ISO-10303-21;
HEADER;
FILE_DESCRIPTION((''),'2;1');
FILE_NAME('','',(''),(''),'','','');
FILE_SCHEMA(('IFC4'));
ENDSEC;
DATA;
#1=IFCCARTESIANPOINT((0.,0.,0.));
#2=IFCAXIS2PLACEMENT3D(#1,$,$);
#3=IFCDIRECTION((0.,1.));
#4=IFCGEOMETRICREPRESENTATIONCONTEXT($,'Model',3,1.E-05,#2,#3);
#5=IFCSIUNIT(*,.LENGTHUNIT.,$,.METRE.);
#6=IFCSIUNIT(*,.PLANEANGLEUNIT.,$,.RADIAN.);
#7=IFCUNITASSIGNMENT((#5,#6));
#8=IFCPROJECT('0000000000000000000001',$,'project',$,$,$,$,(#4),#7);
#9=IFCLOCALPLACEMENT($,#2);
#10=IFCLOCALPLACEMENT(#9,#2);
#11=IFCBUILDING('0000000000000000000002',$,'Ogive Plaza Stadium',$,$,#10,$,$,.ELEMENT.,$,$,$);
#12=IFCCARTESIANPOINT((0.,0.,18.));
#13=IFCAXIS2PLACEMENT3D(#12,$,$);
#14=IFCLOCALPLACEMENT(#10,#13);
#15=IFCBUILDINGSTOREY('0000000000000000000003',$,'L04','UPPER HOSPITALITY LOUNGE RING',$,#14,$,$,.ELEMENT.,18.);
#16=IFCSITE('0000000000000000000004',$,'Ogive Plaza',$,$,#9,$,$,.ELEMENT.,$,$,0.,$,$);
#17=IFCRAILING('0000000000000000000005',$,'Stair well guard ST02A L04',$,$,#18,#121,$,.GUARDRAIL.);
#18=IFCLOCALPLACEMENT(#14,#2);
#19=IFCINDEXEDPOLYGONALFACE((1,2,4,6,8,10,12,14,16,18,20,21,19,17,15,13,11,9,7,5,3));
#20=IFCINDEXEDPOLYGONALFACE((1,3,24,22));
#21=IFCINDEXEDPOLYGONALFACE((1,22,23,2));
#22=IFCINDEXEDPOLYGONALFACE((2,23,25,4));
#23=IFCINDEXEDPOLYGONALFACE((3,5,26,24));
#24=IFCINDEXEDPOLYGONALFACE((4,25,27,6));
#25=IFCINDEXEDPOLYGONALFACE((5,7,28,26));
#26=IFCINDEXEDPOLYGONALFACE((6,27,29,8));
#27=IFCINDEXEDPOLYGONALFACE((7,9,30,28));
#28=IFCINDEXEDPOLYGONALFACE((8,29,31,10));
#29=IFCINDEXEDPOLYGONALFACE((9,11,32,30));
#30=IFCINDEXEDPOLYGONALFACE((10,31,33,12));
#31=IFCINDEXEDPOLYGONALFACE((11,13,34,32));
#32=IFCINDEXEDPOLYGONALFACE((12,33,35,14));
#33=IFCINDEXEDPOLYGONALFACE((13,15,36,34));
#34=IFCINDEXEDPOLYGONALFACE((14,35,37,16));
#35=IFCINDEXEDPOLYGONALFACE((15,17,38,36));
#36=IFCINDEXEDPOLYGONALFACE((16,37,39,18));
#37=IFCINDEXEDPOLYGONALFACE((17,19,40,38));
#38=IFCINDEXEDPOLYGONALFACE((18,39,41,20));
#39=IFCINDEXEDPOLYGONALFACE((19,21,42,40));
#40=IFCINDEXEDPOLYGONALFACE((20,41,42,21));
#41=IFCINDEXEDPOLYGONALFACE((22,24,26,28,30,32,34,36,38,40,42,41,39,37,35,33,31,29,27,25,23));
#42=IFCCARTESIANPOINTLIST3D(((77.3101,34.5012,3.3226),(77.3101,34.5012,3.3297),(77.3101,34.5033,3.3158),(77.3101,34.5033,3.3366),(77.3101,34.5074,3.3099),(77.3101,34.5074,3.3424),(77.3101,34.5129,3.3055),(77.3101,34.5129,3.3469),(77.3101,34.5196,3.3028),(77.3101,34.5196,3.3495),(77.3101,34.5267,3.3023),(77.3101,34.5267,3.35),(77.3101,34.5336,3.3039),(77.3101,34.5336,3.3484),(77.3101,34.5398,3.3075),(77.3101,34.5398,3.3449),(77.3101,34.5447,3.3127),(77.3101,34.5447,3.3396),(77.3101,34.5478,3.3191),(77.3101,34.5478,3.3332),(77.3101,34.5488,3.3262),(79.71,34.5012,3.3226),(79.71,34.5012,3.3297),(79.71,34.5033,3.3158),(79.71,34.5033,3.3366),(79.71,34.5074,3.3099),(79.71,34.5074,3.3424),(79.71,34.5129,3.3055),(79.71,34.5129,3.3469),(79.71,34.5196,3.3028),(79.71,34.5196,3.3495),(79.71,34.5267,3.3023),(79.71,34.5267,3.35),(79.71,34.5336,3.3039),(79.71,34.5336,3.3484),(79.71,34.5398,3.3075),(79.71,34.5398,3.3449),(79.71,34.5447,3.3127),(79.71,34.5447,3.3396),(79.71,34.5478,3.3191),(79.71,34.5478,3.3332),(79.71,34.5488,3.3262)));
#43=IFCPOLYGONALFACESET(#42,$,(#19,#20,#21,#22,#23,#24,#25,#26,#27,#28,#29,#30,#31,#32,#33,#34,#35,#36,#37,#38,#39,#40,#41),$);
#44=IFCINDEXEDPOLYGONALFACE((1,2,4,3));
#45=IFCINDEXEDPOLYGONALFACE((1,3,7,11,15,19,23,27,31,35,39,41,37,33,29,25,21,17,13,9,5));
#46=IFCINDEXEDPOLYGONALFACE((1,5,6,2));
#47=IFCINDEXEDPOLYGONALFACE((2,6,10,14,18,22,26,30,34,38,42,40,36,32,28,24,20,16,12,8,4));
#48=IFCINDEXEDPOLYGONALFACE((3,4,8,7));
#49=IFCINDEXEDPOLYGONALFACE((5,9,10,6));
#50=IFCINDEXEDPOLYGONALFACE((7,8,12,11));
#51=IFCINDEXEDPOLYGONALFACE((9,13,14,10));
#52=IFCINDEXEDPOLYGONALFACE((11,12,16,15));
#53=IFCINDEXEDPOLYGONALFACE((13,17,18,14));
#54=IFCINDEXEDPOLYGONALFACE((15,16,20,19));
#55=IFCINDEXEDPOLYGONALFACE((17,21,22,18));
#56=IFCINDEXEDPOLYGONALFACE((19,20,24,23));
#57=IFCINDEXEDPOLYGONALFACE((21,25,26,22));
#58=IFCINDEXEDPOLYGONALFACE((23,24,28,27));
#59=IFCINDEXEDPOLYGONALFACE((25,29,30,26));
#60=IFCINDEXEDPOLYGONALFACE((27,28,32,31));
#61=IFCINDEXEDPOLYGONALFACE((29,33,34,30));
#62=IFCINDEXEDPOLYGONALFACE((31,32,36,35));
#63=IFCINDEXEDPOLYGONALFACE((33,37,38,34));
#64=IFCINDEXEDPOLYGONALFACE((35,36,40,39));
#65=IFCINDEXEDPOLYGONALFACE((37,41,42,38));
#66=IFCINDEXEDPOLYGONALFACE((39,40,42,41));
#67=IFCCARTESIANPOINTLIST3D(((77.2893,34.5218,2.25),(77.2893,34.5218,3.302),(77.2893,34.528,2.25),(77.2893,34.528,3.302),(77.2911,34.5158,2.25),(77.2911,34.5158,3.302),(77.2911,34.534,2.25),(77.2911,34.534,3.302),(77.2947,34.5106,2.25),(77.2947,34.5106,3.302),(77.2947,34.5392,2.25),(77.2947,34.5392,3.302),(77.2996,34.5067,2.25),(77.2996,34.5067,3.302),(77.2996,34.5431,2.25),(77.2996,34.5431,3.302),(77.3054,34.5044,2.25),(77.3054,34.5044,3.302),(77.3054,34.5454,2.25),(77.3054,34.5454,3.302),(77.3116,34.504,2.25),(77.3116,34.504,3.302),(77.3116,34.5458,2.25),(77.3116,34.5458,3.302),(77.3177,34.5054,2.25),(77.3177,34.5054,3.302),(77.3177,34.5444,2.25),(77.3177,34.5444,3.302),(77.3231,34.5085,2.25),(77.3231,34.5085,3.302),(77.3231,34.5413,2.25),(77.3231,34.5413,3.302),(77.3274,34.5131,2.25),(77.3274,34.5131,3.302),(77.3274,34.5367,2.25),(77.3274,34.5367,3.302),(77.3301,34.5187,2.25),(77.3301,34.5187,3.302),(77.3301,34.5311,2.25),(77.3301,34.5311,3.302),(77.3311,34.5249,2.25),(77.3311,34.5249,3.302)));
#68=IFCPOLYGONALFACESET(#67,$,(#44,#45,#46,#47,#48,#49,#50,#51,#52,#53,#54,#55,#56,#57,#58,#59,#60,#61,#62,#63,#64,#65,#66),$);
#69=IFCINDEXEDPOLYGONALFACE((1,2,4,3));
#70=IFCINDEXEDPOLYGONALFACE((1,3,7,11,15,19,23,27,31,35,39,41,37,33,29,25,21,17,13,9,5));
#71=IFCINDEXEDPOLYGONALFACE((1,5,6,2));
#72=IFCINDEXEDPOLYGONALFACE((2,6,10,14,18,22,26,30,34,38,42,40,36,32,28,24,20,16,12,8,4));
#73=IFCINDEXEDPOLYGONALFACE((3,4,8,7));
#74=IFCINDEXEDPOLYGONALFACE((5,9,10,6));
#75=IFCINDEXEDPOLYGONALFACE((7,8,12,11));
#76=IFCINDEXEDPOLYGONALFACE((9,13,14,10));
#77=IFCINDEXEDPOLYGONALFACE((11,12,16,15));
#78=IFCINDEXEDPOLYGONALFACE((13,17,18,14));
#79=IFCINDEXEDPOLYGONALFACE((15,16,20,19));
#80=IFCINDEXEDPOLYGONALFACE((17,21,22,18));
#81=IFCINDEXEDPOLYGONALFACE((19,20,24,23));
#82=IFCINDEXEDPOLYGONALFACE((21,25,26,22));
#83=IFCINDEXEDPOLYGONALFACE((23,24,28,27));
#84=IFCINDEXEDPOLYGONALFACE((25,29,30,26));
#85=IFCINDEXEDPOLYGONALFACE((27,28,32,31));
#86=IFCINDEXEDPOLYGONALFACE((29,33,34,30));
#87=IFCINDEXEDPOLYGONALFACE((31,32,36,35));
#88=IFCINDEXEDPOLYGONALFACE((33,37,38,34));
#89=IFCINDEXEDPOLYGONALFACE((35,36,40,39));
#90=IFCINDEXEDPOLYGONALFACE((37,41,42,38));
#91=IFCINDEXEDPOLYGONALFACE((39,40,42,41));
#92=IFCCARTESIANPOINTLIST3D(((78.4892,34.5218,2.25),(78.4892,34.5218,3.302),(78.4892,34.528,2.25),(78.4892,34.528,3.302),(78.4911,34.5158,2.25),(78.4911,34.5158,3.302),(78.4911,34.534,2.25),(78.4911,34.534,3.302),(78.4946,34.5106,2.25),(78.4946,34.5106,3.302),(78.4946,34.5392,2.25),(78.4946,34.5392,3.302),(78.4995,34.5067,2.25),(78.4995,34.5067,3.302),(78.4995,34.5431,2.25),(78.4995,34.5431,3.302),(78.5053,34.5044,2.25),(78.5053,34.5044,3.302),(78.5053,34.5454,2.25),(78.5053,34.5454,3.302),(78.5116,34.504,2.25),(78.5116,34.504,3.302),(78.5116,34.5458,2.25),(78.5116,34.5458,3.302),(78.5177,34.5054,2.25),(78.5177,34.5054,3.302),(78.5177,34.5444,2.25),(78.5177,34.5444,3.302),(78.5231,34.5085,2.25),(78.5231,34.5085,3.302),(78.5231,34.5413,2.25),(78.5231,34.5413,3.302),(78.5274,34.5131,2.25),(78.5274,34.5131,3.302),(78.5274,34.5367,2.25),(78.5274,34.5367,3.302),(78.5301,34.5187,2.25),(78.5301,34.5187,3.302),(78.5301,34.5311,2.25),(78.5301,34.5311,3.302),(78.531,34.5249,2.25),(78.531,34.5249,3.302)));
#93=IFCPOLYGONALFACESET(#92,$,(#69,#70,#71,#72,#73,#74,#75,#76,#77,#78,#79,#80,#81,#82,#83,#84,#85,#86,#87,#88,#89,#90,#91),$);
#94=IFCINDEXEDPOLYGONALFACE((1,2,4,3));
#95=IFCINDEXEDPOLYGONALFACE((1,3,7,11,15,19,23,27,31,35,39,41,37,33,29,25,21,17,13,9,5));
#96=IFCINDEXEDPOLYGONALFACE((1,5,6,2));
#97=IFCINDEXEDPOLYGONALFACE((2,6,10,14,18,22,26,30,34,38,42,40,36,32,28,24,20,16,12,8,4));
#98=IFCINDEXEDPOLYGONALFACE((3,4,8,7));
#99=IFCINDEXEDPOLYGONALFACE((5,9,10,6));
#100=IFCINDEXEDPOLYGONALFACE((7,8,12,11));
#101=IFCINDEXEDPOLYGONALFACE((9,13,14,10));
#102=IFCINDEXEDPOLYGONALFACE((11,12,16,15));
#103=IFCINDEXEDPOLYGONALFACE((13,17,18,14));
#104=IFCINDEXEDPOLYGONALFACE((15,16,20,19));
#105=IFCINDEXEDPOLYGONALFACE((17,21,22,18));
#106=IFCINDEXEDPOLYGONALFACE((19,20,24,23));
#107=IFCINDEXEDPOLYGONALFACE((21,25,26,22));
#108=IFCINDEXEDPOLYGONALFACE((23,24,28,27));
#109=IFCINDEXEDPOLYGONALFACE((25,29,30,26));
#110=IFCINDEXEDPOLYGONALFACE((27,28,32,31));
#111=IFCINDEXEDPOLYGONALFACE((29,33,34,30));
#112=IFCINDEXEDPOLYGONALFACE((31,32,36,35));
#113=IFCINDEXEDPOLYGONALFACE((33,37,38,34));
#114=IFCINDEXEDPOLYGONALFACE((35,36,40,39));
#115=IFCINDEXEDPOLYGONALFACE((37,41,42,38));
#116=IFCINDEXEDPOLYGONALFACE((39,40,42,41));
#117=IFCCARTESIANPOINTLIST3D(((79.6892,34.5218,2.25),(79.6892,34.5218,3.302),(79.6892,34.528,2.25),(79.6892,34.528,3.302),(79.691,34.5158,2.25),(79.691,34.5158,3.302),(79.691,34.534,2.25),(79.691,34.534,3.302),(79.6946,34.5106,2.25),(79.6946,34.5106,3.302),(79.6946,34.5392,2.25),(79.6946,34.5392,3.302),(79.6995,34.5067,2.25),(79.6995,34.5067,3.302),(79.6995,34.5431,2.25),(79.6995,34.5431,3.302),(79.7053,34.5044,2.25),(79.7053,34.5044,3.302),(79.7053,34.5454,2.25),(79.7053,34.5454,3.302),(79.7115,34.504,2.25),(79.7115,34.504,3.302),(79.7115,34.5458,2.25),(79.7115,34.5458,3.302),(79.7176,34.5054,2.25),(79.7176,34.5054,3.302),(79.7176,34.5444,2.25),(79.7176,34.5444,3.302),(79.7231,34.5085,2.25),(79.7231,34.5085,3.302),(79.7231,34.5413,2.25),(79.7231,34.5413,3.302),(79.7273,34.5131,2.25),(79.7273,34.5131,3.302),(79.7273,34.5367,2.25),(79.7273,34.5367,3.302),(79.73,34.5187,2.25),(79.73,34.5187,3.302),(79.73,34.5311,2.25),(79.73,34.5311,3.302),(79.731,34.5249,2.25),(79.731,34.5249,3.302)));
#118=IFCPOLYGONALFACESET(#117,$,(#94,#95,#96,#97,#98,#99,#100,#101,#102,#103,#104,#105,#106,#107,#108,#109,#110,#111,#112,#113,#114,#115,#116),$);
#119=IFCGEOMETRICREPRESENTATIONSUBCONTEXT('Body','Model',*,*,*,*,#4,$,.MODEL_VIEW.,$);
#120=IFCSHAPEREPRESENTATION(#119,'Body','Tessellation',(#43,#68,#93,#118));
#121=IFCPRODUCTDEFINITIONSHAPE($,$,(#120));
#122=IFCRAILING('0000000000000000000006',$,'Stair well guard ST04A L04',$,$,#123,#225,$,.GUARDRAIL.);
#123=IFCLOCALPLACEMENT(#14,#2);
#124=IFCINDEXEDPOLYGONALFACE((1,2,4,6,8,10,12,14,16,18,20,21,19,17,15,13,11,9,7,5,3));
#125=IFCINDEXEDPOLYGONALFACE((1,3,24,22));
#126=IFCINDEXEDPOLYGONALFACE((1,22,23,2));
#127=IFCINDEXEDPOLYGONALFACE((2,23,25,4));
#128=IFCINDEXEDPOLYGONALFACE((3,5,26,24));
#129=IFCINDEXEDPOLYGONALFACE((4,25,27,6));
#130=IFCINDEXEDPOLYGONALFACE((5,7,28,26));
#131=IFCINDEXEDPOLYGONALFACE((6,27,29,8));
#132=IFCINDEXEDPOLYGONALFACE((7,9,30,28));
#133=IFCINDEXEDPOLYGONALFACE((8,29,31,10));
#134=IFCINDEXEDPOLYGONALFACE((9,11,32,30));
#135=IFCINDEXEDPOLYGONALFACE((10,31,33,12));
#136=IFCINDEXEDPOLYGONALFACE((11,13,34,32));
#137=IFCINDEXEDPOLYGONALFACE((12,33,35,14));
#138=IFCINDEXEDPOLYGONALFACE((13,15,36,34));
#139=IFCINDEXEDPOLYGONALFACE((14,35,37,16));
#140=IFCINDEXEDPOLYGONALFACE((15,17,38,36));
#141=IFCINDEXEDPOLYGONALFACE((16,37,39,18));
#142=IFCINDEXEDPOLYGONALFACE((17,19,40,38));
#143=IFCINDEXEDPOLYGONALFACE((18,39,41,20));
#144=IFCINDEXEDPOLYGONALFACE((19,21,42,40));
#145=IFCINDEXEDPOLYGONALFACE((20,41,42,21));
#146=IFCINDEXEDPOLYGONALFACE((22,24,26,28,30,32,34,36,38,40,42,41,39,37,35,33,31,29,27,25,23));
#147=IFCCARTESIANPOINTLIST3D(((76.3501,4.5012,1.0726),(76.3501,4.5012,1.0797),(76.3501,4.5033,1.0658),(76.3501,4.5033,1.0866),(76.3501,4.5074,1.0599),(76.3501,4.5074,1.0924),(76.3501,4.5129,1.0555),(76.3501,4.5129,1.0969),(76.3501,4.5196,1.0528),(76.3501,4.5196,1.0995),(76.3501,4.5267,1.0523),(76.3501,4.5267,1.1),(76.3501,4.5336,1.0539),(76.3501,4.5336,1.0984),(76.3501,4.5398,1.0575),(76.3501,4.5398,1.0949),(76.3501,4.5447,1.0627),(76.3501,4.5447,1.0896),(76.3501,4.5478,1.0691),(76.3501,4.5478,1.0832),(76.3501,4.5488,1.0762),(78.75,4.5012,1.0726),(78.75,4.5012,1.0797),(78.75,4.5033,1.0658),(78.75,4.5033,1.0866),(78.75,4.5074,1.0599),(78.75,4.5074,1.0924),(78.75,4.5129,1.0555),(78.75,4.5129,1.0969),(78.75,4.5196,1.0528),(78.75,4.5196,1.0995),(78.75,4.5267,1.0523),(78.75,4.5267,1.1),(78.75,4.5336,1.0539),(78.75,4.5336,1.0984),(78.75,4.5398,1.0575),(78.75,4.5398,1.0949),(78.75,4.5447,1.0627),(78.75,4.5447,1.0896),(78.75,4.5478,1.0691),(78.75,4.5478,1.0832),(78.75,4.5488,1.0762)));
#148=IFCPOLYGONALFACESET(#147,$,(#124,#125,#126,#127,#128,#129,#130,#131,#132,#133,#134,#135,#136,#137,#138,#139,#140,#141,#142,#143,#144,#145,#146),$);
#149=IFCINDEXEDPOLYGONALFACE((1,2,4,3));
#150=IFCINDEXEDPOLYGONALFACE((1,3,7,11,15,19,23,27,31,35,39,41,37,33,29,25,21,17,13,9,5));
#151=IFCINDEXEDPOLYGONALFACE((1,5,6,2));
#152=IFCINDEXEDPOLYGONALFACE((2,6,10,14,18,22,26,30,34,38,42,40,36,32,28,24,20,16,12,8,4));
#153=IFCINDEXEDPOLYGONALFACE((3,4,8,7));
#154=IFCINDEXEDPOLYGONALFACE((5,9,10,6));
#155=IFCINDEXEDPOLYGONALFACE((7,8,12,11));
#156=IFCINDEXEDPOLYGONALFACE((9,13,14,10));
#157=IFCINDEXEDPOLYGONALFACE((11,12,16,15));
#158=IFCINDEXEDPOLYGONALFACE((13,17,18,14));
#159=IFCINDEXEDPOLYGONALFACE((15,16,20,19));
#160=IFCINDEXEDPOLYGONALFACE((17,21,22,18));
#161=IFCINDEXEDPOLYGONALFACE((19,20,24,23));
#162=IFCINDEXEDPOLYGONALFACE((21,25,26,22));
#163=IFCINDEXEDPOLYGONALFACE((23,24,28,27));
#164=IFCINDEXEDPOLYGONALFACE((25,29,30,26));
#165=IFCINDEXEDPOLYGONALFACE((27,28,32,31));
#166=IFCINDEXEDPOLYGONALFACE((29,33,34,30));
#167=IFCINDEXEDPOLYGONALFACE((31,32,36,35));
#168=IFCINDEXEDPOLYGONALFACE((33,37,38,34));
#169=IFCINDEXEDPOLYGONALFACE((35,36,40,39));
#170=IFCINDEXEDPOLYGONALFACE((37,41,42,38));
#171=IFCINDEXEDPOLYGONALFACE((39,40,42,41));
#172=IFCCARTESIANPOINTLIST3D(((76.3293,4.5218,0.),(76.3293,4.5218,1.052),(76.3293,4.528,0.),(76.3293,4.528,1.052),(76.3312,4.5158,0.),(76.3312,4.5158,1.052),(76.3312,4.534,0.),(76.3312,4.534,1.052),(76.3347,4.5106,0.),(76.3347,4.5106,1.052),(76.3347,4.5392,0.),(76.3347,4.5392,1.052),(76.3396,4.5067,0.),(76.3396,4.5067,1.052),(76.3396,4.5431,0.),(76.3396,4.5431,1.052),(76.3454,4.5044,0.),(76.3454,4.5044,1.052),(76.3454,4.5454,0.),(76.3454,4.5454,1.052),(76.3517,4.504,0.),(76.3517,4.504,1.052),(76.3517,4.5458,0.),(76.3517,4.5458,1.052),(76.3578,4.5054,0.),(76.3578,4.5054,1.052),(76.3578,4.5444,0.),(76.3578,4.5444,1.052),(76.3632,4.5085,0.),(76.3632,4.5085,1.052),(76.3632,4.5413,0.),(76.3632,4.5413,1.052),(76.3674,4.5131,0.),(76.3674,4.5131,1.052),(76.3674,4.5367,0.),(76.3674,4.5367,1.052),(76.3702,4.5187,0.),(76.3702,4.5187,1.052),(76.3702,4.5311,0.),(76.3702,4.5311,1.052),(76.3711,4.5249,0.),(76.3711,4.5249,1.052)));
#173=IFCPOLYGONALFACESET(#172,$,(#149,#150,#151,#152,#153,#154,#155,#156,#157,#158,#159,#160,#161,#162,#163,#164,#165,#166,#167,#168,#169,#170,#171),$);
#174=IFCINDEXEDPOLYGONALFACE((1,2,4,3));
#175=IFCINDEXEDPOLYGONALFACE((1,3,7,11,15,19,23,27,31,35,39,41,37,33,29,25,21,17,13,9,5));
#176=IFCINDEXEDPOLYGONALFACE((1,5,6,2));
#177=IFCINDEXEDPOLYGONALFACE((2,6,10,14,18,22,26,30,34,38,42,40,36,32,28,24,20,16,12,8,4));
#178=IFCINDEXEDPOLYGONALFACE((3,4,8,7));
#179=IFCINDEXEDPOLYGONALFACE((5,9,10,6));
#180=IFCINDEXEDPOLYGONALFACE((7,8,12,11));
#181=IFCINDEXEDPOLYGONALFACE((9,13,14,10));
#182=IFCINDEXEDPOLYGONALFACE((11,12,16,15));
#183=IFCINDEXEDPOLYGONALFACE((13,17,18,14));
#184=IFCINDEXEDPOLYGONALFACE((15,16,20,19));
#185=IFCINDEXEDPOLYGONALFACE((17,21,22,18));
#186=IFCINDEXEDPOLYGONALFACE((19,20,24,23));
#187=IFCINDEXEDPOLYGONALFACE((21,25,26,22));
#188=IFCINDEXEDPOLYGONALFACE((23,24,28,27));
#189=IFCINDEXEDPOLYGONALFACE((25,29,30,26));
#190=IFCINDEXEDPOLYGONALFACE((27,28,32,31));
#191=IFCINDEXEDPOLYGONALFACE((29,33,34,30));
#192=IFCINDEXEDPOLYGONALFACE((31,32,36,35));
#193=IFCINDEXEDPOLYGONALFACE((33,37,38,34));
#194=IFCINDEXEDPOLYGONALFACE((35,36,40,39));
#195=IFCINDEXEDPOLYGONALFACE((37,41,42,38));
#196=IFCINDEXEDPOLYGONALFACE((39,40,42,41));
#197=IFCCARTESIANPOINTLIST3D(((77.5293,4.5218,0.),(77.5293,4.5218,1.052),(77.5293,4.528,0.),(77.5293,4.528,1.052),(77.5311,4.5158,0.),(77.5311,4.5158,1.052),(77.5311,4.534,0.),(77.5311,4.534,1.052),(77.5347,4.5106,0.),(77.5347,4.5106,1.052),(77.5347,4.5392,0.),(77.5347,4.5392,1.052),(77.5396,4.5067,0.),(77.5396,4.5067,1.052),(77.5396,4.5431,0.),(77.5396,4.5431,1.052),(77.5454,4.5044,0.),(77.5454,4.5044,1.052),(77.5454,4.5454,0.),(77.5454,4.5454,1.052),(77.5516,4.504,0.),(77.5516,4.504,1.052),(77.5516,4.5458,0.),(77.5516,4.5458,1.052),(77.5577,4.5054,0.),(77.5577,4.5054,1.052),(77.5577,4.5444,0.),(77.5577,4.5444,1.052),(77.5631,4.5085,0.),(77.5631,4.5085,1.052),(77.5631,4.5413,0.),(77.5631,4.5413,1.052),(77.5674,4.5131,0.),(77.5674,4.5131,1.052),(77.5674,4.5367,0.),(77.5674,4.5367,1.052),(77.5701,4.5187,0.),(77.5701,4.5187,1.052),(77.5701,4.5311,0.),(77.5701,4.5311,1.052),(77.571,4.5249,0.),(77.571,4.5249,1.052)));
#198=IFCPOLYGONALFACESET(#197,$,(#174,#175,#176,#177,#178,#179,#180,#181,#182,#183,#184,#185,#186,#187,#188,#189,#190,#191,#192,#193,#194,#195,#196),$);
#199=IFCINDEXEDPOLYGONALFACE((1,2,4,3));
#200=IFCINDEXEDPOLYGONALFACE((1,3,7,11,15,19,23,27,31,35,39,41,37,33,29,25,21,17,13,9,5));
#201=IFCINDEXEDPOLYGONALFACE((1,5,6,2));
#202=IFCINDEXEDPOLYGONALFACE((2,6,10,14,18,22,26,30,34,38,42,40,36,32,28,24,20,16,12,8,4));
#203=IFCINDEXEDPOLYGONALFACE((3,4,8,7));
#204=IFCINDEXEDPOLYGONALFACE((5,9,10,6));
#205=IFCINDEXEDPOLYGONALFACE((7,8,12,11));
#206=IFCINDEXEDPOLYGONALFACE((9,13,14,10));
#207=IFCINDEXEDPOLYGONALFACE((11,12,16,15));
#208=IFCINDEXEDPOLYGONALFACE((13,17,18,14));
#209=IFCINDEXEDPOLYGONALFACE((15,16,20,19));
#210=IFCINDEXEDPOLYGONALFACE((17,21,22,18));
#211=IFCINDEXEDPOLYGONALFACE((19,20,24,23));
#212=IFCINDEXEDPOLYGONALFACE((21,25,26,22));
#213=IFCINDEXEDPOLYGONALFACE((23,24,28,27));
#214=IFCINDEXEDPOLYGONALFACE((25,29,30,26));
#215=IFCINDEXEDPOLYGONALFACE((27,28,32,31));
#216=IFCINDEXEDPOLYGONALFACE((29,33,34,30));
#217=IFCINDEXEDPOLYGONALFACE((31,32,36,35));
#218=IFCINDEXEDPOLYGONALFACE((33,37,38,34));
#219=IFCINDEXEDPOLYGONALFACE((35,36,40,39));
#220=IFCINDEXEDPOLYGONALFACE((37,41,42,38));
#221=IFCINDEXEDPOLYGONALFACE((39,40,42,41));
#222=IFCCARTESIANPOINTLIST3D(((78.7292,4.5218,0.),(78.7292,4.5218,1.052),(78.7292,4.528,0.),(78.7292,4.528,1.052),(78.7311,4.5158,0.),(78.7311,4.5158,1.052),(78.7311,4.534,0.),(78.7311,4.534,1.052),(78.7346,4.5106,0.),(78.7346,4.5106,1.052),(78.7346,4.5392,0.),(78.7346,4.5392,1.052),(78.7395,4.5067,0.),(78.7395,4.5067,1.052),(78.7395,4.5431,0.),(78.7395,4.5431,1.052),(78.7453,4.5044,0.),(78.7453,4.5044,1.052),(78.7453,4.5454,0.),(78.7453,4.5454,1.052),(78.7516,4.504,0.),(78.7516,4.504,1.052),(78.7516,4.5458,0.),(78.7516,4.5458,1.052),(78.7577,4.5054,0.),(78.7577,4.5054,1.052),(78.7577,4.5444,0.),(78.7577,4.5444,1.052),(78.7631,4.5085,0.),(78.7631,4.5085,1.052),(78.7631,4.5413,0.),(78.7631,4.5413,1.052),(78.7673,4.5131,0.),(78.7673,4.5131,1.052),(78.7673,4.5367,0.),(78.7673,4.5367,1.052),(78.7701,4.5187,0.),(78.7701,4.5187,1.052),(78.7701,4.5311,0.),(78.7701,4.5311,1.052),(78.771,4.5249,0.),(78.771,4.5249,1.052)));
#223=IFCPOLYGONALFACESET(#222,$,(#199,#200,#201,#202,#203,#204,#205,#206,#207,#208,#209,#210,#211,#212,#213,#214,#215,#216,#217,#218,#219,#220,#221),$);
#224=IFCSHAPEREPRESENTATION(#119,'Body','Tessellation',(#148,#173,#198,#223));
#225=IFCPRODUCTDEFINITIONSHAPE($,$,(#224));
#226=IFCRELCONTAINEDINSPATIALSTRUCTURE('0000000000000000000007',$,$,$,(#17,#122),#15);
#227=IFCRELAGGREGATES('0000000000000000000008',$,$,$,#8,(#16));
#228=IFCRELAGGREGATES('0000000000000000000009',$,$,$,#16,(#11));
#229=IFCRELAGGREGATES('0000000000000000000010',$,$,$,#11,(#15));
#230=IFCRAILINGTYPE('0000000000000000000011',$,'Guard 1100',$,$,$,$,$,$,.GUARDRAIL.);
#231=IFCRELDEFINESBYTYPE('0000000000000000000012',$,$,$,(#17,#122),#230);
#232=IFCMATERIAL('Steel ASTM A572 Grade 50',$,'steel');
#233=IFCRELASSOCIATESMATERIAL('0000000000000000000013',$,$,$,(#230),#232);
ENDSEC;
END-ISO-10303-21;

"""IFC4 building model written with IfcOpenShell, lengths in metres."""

from ifc_helpers import new_model, si_unit, direction, frame, origin, origin_2d, place, context, subcontext, project, spatial, circle, extrude, material, type_object, element, save


model = new_model("IFC4")

# Units and contexts
model_context = context("Model", 3, precision=1e-05, world=origin(), true_north=direction((0.0, 1.0)))
body_context = subcontext(model_context, "Body", "Model", "MODEL_VIEW")
ifc_project = project(units=[si_unit("LENGTHUNIT", "METRE"), si_unit("PLANEANGLEUNIT", "RADIAN")], contexts=[model_context])

# Site, building, storey
site_placement = place(None, origin())
site = spatial("IfcSite", under=ifc_project, at=site_placement, Name="Ogive Plaza", CompositionType="ELEMENT", RefElevation=0.0)
building_placement = place(site_placement, origin())
building = spatial("IfcBuilding", under=site, at=building_placement, Name="Ogive Plaza Stadium", CompositionType="ELEMENT")
storey_placement = place(building_placement, frame((0.0, 0.0, 18.0)))
storey = spatial("IfcBuildingStorey", under=building, at=storey_placement, Name="L04", Description="UPPER HOSPITALITY LOUNGE RING", CompositionType="ELEMENT", Elevation=18.0)

# Railings
ifc_material_1 = material(Name="Steel ASTM A572 Grade 50", Category="steel")
railing_type_1 = type_object("IfcRailingType", Name="Guard 1100", PredefinedType="GUARDRAIL", material=ifc_material_1)
for number, where, name in (
    (1, (77.3101, 34.5249, 2.25), "Stair well guard ST02A L04"),
    (2, (76.3501, 4.5249, 0.0), "Stair well guard ST04A L04"),
):
    element("IfcRailing", number, at=place(storey_placement, frame(where)), inside=storey, type_object=railing_type_1, Name=name, PredefinedType="GUARDRAIL", context=body_context, shape_type="SweptSolid", body=[
        extrude(circle(Radius=0.0239, at=origin_2d()), frame((0.0, 0.0, 1.0762), z_axis=(1.0, 0.0, 0.0), x_axis=(0.0, 1.0, 0.0)), (0.0, 0.0, 1.0), 2.3999),
        extrude(circle(Radius=0.021, at=origin_2d()), origin(), (0.0, 0.0, 1.0), 1.052),
        extrude(circle(Radius=0.021, at=origin_2d()), frame((1.2, 0.0, 0.0)), (0.0, 0.0, 1.0), 1.052),
        extrude(circle(Radius=0.021, at=origin_2d()), frame((2.3999, 0.0, 0.0)), (0.0, 0.0, 1.0), 1.052),
    ])

save(model, "model.ifc")
